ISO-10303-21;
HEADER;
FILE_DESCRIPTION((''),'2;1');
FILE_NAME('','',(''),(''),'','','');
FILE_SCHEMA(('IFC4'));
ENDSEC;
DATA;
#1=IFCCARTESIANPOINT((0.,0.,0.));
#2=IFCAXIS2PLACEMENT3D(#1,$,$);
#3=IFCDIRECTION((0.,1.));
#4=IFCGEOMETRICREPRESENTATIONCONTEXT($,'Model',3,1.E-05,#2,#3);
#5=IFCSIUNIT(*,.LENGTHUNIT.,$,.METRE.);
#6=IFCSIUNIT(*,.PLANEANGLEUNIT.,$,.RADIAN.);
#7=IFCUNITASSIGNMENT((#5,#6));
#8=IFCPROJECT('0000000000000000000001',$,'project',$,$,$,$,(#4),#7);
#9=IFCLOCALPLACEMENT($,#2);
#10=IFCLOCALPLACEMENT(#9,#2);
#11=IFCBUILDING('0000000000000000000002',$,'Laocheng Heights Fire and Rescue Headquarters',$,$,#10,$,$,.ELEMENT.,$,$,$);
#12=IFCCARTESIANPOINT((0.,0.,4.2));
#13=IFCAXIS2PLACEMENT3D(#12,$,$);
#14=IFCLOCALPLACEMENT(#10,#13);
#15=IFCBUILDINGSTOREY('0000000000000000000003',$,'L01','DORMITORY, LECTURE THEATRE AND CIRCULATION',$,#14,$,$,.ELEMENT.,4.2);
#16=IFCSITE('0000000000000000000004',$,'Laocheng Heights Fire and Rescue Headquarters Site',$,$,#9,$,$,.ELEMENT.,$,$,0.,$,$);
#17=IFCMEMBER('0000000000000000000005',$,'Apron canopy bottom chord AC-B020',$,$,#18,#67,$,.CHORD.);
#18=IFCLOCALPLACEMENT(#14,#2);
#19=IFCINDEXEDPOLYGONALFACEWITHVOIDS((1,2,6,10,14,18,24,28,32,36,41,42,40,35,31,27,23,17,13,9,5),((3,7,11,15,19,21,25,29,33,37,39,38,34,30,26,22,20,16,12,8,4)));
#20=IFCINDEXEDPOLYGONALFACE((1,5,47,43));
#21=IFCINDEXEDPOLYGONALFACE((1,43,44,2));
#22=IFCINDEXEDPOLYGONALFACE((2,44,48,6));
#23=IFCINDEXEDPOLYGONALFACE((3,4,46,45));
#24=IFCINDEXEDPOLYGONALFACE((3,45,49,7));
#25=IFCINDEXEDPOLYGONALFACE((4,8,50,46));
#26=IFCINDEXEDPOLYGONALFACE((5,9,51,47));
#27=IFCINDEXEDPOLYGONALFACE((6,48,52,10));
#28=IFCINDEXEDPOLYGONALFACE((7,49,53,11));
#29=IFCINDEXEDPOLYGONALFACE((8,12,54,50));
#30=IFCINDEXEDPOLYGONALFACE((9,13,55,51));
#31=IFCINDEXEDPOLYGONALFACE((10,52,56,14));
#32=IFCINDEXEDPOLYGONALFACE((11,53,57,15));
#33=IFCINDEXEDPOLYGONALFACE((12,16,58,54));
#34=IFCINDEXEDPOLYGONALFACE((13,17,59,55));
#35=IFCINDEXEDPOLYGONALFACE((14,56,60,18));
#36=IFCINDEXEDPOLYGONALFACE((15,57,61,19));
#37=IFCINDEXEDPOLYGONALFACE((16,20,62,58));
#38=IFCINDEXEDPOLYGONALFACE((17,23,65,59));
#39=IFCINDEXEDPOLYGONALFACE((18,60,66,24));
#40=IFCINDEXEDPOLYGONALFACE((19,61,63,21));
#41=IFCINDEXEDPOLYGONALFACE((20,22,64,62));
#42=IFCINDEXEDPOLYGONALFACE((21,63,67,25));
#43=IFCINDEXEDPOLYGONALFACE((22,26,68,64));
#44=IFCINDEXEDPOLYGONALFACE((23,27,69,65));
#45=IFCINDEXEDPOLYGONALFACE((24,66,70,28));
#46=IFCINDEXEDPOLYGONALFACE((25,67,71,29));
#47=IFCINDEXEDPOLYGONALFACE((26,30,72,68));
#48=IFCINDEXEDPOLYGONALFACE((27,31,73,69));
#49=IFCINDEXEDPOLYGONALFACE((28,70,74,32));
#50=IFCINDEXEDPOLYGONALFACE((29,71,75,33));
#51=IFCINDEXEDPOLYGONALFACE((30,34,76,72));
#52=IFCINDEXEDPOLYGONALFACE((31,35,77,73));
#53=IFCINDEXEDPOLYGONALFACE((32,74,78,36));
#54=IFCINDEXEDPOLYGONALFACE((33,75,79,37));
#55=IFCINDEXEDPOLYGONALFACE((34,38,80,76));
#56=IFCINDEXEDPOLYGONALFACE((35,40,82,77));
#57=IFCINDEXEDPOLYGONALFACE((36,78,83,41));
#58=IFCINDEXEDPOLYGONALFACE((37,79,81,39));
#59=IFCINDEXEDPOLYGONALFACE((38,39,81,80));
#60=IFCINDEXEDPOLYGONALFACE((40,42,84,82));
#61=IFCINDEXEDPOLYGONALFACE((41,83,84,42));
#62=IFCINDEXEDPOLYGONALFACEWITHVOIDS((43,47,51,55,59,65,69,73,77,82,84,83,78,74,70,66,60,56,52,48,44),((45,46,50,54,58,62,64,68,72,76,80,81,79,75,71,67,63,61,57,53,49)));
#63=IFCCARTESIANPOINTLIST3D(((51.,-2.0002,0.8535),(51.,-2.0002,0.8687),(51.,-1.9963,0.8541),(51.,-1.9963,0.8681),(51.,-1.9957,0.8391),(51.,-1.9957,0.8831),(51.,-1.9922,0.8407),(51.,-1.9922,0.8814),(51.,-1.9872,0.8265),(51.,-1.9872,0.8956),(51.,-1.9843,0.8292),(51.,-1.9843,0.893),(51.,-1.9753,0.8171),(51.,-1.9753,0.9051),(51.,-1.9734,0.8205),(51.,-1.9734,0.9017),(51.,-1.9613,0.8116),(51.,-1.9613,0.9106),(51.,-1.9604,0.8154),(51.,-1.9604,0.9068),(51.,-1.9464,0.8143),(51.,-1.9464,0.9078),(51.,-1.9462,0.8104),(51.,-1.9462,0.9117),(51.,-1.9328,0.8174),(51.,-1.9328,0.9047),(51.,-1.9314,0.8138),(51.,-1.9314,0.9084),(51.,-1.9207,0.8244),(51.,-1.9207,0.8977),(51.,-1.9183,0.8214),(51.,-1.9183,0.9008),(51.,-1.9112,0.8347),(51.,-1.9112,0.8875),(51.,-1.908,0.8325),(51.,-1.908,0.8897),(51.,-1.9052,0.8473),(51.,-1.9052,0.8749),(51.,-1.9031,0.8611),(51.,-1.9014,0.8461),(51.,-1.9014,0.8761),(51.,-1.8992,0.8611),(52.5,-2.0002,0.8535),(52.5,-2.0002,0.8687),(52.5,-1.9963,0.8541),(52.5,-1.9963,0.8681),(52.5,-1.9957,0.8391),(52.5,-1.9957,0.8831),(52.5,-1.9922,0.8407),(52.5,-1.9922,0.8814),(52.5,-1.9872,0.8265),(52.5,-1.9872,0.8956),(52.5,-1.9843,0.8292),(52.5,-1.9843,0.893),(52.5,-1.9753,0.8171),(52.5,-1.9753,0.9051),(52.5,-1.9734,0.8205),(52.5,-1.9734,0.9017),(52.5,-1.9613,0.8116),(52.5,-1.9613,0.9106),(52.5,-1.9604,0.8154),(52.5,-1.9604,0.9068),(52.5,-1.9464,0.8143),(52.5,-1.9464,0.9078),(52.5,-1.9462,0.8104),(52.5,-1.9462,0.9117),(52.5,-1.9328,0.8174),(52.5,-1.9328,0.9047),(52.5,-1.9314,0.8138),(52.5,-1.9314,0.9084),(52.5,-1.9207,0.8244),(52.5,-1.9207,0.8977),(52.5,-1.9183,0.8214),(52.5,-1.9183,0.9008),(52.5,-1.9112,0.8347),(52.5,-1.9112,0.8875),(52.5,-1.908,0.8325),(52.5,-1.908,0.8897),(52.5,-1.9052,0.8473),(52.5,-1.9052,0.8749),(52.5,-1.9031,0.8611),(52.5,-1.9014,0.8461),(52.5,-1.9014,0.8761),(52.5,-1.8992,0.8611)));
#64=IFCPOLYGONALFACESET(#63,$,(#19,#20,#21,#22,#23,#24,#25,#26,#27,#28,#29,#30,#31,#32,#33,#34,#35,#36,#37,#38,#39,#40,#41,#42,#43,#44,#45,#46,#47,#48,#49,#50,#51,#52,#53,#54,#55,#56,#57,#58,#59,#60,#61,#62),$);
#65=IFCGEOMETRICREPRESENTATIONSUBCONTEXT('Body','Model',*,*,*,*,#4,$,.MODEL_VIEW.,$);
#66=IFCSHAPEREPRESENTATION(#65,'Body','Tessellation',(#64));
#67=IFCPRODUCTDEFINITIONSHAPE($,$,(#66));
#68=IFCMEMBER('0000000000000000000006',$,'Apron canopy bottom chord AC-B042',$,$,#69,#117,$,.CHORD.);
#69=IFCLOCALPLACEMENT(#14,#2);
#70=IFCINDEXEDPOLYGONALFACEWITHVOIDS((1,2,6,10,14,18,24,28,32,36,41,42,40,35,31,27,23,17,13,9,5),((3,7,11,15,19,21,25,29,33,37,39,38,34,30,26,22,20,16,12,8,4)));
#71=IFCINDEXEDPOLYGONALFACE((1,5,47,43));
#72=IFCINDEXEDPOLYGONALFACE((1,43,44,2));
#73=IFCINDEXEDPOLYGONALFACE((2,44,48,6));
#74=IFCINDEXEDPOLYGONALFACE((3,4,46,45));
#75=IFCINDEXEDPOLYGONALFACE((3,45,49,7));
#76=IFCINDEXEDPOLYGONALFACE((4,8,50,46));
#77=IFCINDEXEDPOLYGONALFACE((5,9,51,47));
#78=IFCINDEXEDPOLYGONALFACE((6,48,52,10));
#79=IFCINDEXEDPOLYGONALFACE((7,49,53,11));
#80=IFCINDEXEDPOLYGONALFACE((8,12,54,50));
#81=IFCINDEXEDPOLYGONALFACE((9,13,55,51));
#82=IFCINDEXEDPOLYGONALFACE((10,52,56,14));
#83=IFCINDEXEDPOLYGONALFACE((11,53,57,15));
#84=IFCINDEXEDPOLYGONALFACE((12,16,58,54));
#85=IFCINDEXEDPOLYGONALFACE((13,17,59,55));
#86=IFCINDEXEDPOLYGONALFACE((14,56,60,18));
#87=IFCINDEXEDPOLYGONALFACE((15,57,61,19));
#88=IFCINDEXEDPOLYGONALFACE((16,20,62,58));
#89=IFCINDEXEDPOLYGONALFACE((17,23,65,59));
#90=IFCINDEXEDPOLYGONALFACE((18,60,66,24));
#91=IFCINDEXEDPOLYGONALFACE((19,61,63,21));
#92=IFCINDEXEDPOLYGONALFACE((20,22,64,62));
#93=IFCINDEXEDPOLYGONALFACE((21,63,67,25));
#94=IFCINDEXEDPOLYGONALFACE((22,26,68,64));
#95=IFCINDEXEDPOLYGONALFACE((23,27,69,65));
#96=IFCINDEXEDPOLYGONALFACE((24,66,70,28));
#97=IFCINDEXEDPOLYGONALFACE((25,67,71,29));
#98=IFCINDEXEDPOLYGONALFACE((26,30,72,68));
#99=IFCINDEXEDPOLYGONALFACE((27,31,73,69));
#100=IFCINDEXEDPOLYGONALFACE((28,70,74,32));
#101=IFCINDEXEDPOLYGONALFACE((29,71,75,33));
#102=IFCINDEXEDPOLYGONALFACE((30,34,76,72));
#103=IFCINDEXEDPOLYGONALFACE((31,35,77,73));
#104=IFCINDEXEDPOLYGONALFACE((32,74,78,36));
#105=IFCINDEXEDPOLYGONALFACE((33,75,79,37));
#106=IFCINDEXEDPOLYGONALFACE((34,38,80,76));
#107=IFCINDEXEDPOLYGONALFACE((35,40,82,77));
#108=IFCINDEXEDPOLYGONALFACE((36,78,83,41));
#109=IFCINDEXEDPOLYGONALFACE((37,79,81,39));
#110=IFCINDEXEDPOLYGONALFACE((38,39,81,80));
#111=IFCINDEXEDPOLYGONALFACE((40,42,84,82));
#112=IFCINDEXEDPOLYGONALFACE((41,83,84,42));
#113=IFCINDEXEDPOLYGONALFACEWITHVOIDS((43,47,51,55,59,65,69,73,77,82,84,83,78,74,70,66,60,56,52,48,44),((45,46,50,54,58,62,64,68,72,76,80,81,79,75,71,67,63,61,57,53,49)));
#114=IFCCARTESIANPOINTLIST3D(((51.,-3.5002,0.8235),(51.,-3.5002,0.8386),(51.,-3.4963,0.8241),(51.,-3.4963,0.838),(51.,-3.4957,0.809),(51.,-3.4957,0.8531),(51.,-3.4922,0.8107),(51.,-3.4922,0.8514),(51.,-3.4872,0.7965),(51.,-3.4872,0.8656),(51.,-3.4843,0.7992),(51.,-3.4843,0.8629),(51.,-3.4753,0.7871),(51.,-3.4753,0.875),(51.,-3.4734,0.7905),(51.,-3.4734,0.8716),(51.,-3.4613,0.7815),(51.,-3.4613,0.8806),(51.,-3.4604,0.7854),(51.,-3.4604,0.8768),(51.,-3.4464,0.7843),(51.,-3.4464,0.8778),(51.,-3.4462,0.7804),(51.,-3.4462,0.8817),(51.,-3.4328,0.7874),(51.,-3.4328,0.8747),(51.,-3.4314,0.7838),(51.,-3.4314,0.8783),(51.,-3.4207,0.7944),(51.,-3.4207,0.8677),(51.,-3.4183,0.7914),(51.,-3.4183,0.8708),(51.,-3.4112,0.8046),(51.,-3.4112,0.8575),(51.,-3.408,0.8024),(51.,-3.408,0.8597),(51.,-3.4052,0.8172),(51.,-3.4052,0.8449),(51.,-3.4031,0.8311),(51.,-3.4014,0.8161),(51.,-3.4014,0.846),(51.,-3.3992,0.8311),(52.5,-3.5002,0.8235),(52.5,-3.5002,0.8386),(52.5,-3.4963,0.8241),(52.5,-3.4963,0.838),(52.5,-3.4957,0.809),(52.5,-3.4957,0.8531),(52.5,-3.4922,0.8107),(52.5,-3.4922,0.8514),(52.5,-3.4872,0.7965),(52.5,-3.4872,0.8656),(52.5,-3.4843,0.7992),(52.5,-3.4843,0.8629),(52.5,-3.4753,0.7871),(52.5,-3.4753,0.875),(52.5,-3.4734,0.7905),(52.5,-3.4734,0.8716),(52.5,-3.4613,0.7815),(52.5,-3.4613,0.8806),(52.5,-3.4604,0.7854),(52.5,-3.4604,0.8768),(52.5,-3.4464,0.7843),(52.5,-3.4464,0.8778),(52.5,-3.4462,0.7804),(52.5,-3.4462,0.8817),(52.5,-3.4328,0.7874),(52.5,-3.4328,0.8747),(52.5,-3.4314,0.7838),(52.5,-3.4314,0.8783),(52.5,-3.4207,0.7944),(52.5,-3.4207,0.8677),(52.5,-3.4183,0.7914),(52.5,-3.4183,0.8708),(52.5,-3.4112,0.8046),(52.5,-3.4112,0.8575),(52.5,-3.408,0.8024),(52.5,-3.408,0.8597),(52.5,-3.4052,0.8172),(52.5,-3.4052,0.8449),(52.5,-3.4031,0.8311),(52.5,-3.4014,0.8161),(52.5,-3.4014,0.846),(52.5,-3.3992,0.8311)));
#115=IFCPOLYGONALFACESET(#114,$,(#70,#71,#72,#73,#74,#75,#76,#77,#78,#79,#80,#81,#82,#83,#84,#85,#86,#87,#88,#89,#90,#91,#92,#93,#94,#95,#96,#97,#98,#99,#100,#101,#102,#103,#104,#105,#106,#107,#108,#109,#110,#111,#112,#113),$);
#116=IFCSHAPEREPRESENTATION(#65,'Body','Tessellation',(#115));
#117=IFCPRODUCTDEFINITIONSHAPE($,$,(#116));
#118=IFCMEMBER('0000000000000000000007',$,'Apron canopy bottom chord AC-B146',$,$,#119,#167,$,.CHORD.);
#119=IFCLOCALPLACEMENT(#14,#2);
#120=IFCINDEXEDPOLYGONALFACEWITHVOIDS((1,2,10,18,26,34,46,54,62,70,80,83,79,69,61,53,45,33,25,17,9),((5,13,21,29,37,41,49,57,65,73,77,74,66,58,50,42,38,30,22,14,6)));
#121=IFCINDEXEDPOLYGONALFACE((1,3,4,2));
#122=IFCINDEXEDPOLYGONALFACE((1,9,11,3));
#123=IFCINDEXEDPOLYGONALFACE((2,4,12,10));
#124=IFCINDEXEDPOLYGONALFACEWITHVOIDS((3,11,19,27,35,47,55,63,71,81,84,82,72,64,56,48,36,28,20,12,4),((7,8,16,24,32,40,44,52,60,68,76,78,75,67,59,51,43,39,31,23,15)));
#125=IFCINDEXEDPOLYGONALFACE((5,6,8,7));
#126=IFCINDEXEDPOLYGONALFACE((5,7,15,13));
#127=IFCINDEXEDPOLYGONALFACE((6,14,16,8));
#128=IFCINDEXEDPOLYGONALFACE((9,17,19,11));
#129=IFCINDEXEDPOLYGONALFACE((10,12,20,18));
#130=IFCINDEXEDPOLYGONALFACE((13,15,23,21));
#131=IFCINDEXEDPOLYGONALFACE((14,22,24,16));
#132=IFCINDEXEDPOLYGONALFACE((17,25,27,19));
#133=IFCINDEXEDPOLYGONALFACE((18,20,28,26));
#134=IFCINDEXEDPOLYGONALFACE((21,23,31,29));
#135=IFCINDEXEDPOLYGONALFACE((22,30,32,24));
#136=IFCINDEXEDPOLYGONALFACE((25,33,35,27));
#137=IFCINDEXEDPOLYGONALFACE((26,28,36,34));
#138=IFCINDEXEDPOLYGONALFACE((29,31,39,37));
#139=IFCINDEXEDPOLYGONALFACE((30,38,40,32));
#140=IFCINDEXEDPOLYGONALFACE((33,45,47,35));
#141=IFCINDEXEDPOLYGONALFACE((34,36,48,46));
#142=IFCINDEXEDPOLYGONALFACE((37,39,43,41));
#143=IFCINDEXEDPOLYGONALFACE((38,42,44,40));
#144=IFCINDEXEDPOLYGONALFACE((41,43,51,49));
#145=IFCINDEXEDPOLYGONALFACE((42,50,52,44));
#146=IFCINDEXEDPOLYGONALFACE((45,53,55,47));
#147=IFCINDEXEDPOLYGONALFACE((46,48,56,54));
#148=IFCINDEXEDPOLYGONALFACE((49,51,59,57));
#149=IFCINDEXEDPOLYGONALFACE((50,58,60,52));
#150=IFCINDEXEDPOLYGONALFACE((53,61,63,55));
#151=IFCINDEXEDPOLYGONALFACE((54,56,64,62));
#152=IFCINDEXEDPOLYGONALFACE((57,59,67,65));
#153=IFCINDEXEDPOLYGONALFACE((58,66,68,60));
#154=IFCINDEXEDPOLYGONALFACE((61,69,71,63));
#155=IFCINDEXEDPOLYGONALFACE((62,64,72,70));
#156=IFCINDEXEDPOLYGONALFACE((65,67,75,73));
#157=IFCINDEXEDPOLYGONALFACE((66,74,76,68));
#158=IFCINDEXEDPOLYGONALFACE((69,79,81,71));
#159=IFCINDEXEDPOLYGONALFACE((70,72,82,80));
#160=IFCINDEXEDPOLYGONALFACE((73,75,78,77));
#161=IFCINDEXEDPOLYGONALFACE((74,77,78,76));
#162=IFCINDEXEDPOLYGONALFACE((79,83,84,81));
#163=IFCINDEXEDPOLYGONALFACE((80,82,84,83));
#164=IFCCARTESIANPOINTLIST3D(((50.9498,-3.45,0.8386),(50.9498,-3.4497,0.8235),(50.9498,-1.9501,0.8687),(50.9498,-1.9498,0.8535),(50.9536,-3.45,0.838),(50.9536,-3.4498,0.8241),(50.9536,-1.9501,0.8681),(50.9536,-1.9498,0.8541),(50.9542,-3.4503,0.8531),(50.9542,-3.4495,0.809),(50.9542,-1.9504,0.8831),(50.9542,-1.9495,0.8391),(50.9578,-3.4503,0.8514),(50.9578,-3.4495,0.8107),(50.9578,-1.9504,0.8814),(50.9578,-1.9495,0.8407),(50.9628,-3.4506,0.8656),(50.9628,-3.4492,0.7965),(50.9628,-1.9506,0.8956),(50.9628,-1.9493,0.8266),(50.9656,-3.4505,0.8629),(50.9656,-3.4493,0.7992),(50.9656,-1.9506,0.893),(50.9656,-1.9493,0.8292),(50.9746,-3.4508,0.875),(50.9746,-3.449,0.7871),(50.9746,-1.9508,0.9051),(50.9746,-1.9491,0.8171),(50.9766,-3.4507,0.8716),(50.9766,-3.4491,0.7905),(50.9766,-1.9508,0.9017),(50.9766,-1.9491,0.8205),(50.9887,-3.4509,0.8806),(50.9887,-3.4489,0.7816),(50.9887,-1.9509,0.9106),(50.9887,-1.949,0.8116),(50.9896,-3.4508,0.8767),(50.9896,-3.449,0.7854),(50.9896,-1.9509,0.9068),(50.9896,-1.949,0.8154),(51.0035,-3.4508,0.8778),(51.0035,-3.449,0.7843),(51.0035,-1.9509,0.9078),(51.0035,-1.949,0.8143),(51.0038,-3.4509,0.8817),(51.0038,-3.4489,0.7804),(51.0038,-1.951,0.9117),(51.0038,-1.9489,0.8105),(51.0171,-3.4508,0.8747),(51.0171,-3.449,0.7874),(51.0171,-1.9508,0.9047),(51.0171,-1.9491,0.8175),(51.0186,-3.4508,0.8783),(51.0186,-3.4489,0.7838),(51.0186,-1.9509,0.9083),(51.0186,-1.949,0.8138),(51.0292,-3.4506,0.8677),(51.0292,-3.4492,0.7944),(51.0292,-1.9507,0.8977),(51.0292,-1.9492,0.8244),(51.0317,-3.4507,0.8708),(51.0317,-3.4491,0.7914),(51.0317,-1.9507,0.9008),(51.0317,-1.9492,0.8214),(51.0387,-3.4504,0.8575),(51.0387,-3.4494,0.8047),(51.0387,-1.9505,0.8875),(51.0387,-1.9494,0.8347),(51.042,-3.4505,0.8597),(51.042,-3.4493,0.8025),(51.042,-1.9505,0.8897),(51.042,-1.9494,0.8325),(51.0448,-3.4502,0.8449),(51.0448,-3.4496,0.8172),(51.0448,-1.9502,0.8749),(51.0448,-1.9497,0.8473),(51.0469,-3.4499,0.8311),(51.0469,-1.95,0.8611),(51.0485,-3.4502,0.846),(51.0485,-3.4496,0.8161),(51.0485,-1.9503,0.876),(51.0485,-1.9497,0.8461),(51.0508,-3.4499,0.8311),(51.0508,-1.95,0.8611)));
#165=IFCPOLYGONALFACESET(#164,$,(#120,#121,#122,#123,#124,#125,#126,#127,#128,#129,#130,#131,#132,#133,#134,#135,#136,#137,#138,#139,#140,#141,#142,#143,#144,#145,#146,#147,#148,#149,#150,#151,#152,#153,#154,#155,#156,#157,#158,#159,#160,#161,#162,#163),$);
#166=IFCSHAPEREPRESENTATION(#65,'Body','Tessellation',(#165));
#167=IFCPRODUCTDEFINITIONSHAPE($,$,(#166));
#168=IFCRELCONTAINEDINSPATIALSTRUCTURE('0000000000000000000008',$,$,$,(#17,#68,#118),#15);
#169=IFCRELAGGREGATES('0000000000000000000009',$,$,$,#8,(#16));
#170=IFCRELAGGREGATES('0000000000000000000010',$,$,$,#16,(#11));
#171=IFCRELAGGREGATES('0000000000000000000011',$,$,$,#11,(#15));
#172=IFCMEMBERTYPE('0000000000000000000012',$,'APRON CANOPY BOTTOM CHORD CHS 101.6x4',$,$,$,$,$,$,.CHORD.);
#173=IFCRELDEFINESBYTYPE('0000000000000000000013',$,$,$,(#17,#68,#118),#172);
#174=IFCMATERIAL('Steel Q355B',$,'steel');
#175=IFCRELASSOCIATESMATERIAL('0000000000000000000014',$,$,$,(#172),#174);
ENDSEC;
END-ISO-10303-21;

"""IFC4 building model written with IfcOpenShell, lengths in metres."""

from ifc_helpers import new_model, si_unit, direction, frame, origin, origin_2d, place, context, subcontext, project, spatial, hollow_circle, extrude, material, material_profile, profile_set, type_object, element, save


model = new_model("IFC4")

# Units and contexts
model_context = context("Model", 3, precision=1e-05, world=origin(), true_north=direction((0.0, 1.0)))
body_context = subcontext(model_context, "Body", "Model", "MODEL_VIEW")
ifc_project = project(units=[si_unit("LENGTHUNIT", "METRE"), si_unit("PLANEANGLEUNIT", "RADIAN")], contexts=[model_context])

# Site, building, storey
site_placement = place(None, origin())
site = spatial("IfcSite", under=ifc_project, at=site_placement, Name="Laocheng Heights Fire and Rescue Headquarters Site", CompositionType="ELEMENT", RefElevation=0.0)
building_placement = place(site_placement, origin())
building = spatial("IfcBuilding", under=site, at=building_placement, Name="Laocheng Heights Fire and Rescue Headquarters", CompositionType="ELEMENT")
storey_placement = place(building_placement, frame((0.0, 0.0, 4.2)))
storey = spatial("IfcBuildingStorey", under=building, at=storey_placement, Name="L01", Description="DORMITORY, LECTURE THEATRE AND CIRCULATION", CompositionType="ELEMENT", Elevation=4.2)

# Members
ifc_material_1 = material(Name="Steel Q355B", Category="steel")
ifc_material_profile_1 = material_profile(ifc_material_1, hollow_circle(Radius=0.0508, WallThickness=0.0039, at=origin_2d()), Name="CHS 101.6x4")
ifc_profile_set_1 = profile_set([ifc_material_profile_1], Name="Steel Q355B")
member_type_1 = type_object("IfcMemberType", Name="APRON CANOPY BOTTOM CHORD CHS 101.6x4", PredefinedType="CHORD", material=ifc_profile_set_1)
for number, where, z_axis, x_axis, name in (
    (1, (51.0, -1.95, 0.8611), (1.0, 0.0, 0.0), (0.0, 1.0, 0.0), "Apron canopy bottom chord AC-B020"),
    (2, (51.0, -3.45, 0.8311), (1.0, 0.0, 0.0), (0.0, 1.0, 0.0), "Apron canopy bottom chord AC-B042"),
):
    element("IfcMember", number, at=place(storey_placement, frame(where, z_axis=z_axis, x_axis=x_axis)), inside=storey, type_object=member_type_1, Name=name, PredefinedType="CHORD", context=body_context, shape_type="SweptSolid", body=[
        extrude(hollow_circle(Radius=0.0508, WallThickness=0.0039, at=origin_2d()), origin(), (0.0, 0.0, 1.0), 1.5),
    ])
for number, where, z_axis, x_axis, name in (
    (3, (51.0, -1.95, 0.8611), (0.0, -0.9998, -0.020016), (1.0, 0.0, 0.0), "Apron canopy bottom chord AC-B146"),
):
    element("IfcMember", number, at=place(storey_placement, frame(where, z_axis=z_axis, x_axis=x_axis)), inside=storey, type_object=member_type_1, Name=name, PredefinedType="CHORD", context=body_context, shape_type="SweptSolid", body=[
        extrude(hollow_circle(Radius=0.0508, WallThickness=0.0039, at=origin_2d()), origin(), (0.0, 0.0, 1.0), 1.5002),
    ])

save(model, "model.ifc")
